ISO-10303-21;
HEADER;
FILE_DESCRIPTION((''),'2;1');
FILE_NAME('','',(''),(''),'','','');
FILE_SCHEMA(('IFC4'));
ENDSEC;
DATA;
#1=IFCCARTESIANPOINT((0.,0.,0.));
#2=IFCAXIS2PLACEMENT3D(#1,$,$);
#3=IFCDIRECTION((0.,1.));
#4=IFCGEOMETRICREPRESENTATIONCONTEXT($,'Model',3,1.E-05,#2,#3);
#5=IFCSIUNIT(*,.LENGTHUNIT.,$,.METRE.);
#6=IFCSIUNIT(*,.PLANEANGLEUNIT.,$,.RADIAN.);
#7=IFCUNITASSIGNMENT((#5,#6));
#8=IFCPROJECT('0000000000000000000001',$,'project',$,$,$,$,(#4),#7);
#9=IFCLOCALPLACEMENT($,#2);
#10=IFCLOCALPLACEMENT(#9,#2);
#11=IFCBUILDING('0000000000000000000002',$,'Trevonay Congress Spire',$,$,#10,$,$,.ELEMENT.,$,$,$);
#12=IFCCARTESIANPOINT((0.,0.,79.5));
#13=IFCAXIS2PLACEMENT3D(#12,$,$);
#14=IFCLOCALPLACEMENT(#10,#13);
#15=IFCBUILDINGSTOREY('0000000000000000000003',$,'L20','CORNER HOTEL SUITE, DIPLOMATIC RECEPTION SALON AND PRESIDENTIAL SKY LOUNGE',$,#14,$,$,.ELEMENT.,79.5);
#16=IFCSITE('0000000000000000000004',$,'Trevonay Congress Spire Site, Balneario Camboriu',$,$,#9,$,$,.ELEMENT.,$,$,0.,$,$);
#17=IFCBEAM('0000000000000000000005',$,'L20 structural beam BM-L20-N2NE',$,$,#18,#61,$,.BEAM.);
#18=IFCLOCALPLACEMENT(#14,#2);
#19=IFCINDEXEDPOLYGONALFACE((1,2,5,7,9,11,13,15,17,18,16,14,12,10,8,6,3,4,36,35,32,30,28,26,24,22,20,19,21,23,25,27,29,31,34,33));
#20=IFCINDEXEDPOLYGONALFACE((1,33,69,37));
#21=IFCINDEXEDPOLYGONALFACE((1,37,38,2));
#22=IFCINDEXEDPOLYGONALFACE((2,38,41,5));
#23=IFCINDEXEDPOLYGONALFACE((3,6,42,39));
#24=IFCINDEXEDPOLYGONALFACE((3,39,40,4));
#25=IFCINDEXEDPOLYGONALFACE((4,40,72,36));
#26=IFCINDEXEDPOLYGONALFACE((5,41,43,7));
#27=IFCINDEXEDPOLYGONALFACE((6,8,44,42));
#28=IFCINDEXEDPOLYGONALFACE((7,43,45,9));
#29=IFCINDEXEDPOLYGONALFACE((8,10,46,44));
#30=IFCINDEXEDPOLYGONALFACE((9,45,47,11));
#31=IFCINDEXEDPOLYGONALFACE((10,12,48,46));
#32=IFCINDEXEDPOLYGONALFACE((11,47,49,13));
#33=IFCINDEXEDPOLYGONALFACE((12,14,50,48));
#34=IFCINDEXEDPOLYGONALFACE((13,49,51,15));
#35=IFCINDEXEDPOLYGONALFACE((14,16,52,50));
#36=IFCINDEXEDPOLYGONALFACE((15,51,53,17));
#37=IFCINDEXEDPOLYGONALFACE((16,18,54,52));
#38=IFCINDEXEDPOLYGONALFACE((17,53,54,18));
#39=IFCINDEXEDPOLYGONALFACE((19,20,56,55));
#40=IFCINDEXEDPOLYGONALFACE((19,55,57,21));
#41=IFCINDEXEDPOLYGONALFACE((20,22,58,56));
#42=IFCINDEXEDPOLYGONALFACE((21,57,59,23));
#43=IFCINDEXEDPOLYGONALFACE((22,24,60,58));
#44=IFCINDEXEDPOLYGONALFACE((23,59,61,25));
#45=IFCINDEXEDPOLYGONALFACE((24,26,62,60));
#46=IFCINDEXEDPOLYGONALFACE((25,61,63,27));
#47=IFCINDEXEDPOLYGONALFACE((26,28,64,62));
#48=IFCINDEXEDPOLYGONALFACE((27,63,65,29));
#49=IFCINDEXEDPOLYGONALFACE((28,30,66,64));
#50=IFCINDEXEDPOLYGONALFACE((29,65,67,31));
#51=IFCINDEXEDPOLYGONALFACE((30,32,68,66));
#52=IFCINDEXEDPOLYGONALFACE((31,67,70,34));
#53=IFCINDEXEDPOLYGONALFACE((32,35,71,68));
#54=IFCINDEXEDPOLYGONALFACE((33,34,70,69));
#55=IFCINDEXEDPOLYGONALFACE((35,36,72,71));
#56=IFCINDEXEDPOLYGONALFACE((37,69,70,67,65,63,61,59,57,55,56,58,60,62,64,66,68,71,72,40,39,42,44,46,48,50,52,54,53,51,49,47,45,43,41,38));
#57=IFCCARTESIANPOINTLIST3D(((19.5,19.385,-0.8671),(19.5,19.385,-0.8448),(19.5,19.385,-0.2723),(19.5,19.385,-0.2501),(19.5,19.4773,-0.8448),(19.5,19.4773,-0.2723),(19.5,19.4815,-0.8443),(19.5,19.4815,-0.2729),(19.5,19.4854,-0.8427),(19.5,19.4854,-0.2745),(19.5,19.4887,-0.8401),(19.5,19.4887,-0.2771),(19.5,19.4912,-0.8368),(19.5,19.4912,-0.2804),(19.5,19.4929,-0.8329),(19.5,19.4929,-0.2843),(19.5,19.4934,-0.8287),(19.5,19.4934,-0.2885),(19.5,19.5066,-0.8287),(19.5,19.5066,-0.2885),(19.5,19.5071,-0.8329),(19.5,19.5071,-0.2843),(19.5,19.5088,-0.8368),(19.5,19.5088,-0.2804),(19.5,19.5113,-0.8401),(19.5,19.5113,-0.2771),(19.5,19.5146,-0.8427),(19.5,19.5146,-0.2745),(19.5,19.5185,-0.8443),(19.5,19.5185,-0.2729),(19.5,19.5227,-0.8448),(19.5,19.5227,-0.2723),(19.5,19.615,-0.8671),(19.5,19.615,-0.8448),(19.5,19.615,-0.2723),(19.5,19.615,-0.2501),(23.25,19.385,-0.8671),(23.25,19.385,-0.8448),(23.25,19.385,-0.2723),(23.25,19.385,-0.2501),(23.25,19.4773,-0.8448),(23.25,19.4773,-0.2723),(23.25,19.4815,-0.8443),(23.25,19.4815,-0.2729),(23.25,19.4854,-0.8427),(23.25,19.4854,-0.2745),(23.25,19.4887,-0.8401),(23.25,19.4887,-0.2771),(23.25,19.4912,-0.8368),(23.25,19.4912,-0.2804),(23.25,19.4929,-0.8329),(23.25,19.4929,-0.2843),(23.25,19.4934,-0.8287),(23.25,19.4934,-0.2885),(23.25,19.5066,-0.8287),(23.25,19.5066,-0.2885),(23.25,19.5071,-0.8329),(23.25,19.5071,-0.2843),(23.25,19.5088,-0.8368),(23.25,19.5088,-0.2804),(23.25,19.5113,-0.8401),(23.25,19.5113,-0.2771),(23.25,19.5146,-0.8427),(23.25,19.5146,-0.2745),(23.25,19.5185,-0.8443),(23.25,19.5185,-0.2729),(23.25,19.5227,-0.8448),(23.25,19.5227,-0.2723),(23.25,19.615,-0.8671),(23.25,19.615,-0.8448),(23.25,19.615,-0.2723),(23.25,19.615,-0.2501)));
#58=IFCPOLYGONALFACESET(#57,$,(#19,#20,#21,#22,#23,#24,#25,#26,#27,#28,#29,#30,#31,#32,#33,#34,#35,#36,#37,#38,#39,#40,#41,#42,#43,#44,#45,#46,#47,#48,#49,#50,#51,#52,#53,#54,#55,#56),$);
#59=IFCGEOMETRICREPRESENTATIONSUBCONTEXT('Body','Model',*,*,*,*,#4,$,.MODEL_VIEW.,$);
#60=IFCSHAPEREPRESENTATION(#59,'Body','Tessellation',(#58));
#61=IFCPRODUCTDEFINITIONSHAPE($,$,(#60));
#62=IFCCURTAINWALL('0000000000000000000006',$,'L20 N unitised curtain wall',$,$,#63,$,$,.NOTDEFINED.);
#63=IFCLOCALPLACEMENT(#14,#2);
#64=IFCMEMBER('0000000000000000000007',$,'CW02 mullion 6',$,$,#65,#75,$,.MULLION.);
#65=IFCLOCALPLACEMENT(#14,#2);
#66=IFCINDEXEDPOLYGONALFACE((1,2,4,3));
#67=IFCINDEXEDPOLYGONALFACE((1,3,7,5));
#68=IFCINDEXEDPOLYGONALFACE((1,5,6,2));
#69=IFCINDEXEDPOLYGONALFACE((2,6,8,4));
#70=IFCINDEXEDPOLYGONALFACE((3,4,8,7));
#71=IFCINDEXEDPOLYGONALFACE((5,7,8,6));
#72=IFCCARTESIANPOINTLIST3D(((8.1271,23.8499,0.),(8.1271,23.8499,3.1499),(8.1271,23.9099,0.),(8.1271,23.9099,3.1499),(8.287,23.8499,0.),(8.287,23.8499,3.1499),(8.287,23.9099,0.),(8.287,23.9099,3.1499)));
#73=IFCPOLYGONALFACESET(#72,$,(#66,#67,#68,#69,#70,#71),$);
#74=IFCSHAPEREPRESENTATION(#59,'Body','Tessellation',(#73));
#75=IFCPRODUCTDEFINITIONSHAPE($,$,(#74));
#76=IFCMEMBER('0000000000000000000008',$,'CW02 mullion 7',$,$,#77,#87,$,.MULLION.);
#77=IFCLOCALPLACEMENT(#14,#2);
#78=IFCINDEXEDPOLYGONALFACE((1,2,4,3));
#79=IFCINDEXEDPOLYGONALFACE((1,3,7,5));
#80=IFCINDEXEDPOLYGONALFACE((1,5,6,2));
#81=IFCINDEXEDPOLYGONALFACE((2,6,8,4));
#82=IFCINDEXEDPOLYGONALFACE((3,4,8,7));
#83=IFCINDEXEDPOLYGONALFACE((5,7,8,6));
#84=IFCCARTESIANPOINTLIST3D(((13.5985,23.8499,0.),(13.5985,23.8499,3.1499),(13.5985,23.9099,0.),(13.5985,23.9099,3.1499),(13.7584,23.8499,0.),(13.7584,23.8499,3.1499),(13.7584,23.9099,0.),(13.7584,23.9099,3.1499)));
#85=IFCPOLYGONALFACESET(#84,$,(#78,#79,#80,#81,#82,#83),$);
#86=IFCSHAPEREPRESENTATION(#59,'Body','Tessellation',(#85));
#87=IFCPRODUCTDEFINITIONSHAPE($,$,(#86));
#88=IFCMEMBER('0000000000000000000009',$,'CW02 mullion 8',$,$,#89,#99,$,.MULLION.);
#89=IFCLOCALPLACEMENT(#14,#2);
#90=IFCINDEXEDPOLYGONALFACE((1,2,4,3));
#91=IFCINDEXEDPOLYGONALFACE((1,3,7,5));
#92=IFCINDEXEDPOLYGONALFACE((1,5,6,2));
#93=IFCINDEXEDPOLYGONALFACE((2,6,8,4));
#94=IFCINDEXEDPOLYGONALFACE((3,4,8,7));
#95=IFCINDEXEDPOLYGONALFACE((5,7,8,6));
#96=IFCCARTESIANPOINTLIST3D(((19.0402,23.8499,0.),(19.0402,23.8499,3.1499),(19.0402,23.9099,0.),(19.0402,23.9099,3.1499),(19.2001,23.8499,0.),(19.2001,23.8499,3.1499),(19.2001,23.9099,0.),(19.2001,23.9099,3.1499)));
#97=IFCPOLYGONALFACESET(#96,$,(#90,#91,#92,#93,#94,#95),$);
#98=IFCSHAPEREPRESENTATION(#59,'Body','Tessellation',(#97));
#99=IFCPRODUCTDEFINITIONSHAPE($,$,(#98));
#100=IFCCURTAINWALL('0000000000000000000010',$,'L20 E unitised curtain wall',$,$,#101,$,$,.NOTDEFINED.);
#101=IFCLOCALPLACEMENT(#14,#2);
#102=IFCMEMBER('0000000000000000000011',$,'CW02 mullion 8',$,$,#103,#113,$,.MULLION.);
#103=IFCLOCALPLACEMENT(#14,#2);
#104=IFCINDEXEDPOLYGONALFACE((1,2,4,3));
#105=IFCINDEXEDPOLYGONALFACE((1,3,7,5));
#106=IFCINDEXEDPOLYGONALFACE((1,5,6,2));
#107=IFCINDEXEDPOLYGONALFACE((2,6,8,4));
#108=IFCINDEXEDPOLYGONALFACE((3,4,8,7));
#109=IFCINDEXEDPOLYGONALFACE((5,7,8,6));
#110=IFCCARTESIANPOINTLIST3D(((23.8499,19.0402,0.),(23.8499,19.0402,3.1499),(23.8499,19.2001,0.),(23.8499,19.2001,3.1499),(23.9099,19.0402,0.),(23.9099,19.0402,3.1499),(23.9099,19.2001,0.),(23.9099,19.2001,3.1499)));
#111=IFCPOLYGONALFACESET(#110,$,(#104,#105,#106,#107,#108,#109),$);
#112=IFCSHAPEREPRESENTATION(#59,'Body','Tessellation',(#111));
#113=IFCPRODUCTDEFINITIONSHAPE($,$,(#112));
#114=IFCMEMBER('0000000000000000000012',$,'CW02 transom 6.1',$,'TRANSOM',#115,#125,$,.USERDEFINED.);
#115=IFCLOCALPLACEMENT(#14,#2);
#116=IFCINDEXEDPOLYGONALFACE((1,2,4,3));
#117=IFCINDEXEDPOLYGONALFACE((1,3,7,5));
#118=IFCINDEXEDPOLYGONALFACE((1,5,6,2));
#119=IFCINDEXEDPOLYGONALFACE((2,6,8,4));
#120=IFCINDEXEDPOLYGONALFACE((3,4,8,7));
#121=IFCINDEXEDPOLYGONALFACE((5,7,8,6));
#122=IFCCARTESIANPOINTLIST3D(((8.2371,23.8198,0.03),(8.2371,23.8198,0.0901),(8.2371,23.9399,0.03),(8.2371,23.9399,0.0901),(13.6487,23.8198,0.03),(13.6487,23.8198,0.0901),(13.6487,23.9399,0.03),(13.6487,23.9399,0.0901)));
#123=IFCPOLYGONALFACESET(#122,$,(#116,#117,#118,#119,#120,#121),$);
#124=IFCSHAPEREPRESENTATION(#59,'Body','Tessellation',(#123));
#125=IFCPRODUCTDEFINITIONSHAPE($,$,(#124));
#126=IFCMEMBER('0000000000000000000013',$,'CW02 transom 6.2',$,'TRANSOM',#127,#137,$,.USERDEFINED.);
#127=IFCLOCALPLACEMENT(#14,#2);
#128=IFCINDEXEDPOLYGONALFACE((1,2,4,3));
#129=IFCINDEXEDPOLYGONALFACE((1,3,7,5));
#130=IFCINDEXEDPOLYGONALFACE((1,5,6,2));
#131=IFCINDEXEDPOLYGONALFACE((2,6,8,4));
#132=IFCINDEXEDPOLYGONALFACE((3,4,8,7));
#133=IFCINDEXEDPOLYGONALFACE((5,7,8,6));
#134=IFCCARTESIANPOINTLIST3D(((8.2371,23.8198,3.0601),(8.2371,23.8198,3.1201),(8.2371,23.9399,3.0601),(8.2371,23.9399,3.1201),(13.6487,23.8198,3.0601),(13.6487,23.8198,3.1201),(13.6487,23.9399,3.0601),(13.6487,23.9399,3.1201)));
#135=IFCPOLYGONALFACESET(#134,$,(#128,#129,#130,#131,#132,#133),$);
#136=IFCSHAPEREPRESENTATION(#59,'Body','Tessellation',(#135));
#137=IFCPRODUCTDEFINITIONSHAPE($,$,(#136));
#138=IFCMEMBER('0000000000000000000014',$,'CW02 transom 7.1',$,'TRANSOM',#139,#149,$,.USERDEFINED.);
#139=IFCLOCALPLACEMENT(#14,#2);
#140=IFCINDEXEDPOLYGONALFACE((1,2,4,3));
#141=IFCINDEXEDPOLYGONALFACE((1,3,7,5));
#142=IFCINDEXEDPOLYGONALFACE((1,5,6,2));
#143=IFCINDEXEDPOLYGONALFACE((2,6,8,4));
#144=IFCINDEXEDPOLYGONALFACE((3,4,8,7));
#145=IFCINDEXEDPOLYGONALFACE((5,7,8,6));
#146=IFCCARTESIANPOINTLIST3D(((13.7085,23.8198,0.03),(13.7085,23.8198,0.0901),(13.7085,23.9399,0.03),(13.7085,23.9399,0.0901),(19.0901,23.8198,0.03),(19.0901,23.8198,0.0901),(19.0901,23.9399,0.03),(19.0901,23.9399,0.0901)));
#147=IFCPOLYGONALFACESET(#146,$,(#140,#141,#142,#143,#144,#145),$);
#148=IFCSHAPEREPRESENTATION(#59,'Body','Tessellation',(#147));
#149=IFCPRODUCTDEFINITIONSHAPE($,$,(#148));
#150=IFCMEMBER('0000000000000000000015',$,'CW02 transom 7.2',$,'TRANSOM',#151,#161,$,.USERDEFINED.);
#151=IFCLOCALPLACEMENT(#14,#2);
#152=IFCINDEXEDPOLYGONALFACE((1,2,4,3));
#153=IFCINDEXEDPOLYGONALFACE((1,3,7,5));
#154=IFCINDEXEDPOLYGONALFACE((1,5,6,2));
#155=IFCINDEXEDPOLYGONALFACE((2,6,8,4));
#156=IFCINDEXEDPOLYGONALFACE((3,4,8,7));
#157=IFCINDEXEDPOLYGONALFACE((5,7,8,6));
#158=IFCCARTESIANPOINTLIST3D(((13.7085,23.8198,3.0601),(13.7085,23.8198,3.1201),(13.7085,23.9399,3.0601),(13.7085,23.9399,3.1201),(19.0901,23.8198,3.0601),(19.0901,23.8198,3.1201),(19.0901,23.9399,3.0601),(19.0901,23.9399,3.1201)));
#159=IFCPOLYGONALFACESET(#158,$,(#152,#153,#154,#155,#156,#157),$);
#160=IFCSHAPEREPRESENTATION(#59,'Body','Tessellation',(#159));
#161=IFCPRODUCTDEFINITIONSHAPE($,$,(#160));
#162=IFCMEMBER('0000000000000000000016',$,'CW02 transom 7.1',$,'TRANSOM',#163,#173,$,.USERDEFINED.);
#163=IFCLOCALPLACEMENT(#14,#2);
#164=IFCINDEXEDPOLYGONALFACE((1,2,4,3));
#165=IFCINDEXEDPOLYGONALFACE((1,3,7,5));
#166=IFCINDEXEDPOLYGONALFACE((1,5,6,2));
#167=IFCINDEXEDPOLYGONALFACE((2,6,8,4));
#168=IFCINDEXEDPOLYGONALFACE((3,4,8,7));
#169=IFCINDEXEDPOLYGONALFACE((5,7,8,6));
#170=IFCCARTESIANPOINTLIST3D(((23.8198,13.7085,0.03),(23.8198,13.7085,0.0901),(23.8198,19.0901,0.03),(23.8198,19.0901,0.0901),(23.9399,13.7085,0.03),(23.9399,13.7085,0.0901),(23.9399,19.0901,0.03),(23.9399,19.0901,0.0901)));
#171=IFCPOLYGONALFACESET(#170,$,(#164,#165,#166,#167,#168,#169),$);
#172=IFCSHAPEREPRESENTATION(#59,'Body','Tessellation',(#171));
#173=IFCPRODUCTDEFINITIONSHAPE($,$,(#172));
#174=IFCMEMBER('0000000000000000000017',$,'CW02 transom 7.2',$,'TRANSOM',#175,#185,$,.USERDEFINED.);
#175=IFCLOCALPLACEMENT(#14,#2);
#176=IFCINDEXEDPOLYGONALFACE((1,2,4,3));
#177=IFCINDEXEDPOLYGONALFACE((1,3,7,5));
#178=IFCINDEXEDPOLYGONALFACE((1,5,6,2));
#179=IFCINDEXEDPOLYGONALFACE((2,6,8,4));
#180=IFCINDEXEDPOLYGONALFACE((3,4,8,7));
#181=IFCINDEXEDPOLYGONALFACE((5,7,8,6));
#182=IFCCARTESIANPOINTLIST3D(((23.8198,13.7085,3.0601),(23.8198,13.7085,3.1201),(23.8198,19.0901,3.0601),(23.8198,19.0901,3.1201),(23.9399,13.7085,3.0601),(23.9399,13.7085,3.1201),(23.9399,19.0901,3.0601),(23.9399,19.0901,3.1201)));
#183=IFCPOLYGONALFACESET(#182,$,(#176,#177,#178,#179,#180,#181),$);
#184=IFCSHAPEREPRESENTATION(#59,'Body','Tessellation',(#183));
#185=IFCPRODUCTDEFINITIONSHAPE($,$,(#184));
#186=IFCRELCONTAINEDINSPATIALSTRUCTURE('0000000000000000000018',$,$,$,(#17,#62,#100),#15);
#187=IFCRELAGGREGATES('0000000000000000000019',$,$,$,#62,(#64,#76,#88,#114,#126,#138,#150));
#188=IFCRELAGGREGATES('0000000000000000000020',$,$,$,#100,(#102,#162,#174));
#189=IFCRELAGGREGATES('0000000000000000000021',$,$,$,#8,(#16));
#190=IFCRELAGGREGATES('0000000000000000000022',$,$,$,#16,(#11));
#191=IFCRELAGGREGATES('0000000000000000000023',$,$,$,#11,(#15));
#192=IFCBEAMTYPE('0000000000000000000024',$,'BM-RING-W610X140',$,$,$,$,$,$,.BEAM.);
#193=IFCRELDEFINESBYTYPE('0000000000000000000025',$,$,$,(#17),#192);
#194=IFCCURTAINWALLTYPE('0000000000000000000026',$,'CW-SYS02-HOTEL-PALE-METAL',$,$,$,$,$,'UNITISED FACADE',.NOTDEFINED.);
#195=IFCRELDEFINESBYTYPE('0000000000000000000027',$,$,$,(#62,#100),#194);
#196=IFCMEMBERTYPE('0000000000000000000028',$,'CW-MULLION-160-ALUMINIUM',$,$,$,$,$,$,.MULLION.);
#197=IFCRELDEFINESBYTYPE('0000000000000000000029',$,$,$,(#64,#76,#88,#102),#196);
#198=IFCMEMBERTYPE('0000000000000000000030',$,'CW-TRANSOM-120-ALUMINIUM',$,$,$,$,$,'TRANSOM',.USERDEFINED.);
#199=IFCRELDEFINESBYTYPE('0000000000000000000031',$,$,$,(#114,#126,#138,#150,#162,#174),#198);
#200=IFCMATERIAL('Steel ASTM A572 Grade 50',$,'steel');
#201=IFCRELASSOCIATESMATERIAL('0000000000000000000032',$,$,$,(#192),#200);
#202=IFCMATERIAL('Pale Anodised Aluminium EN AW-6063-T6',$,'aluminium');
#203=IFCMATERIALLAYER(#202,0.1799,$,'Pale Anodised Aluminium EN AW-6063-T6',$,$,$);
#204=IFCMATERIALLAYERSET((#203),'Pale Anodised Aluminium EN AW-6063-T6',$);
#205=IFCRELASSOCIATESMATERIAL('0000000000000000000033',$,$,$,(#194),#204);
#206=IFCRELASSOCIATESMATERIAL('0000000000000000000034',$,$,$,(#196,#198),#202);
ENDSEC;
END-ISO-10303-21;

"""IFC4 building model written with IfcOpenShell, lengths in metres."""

from ifc_helpers import new_model, si_unit, direction, frame, origin, origin_2d, place, context, subcontext, project, spatial, rectangle, i_section, extrude, material, layer, layer_set, material_profile, profile_set, type_object, element, aggregate, save


model = new_model("IFC4")

# Units and contexts
model_context = context("Model", 3, precision=1e-05, world=origin(), true_north=direction((0.0, 1.0)))
body_context = subcontext(model_context, "Body", "Model", "MODEL_VIEW")
ifc_project = project(units=[si_unit("LENGTHUNIT", "METRE"), si_unit("PLANEANGLEUNIT", "RADIAN")], contexts=[model_context])

# Site, building, storey
site_placement = place(None, origin())
site = spatial("IfcSite", under=ifc_project, at=site_placement, Name="Trevonay Congress Spire Site, Balneario Camboriu", CompositionType="ELEMENT", RefElevation=0.0)
building_placement = place(site_placement, origin())
building = spatial("IfcBuilding", under=site, at=building_placement, Name="Trevonay Congress Spire", CompositionType="ELEMENT")
storey_placement = place(building_placement, frame((0.0, 0.0, 79.5)))
storey = spatial("IfcBuildingStorey", under=building, at=storey_placement, Name="L20", Description="CORNER HOTEL SUITE, DIPLOMATIC RECEPTION SALON AND PRESIDENTIAL SKY LOUNGE", CompositionType="ELEMENT", Elevation=79.5)

# Shared definitions
ifc_material_1 = material(Name="Steel ASTM A572 Grade 50", Category="steel")

# Beam
ifc_material_profile_1 = material_profile(ifc_material_1, i_section(OverallWidth=0.23, OverallDepth=0.6169, WebThickness=0.0132, FlangeThickness=0.0222, FilletRadius=0.0161, at=origin_2d()), Name="W610x140")
ifc_profile_set_1 = profile_set([ifc_material_profile_1], Name="Steel ASTM A572 Grade 50")
beam_type = type_object("IfcBeamType", Name="BM-RING-W610X140", PredefinedType="BEAM", material=ifc_profile_set_1)
for number, where, z_axis, x_axis, name in (
    (1, (23.25, 19.5, -0.5586), (-1.0, 0.0, 0.0), (0.0, -1.0, 0.0), "L20 structural beam BM-L20-N2NE"),
):
    element("IfcBeam", number, at=place(storey_placement, frame(where, z_axis=z_axis, x_axis=x_axis)), inside=storey, type_object=beam_type, Name=name, PredefinedType="BEAM", context=body_context, shape_type="SweptSolid", body=[
        extrude(i_section(OverallWidth=0.23, OverallDepth=0.6169, WebThickness=0.0132, FlangeThickness=0.0222, FilletRadius=0.0161, at=origin_2d()), origin(), (0.0, 0.0, 1.0), 3.75),
    ])

# Curtain wall, members
ifc_material_2 = material(Name="Pale Anodised Aluminium EN AW-6063-T6", Category="aluminium")
ifc_layer_1 = layer(ifc_material_2, 0.1799, Name="Pale Anodised Aluminium EN AW-6063-T6")
ifc_layer_set_1 = layer_set([ifc_layer_1], Name="Pale Anodised Aluminium EN AW-6063-T6")
curtain_wall_type = type_object("IfcCurtainWallType", Name="CW-SYS02-HOTEL-PALE-METAL", ElementType="UNITISED FACADE", PredefinedType="NOTDEFINED", material=ifc_layer_set_1)
curtain_wall_1_placement = place(storey_placement, origin())
curtain_wall_1 = element("IfcCurtainWall", 2, at=curtain_wall_1_placement, inside=storey, type_object=curtain_wall_type, Name="L20 N unitised curtain wall", PredefinedType="NOTDEFINED")
ifc_material_profile_2 = material_profile(ifc_material_2, rectangle(XDim=0.0601, YDim=0.1599, at=origin_2d()), Name="CW-MULLION-160-ALUMINIUM")
ifc_profile_set_2 = profile_set([ifc_material_profile_2], Name="Pale Anodised Aluminium EN AW-6063-T6")
member_type_1 = type_object("IfcMemberType", Name="CW-MULLION-160-ALUMINIUM", PredefinedType="MULLION", material=ifc_profile_set_2)
member_1_placement = place(storey_placement, frame((8.207, 23.8799, 0.0), z_axis=(0.0, 0.0, 1.0), x_axis=(0.0, 1.0, 0.0)))
member_1 = element("IfcMember", 3, at=member_1_placement, type_object=member_type_1, Name="CW02 mullion 6", PredefinedType="MULLION", context=body_context, shape_type="SweptSolid", body=[
    extrude(rectangle(XDim=0.0601, YDim=0.1599, at=origin_2d()), origin(), (0.0, 0.0, 1.0), 3.1499),
])
member_2_placement = place(storey_placement, frame((13.6785, 23.8799, 0.0), z_axis=(0.0, 0.0, 1.0), x_axis=(0.0, 1.0, 0.0)))
member_2 = element("IfcMember", 4, at=member_2_placement, type_object=member_type_1, Name="CW02 mullion 7", PredefinedType="MULLION", context=body_context, shape_type="SweptSolid", body=[
    extrude(rectangle(XDim=0.0601, YDim=0.1599, at=origin_2d()), origin(), (0.0, 0.0, 1.0), 3.1499),
])
member_3_placement = place(storey_placement, frame((19.1201, 23.8799, 0.0), z_axis=(0.0, 0.0, 1.0), x_axis=(0.0, 1.0, 0.0)))
member_3 = element("IfcMember", 5, at=member_3_placement, type_object=member_type_1, Name="CW02 mullion 8", PredefinedType="MULLION", context=body_context, shape_type="SweptSolid", body=[
    extrude(rectangle(XDim=0.0601, YDim=0.1599, at=origin_2d()), origin(), (0.0, 0.0, 1.0), 3.1499),
])

# Curtain wall, member
curtain_wall_2_placement = place(storey_placement, origin())
curtain_wall_2 = element("IfcCurtainWall", 6, at=curtain_wall_2_placement, inside=storey, type_object=curtain_wall_type, Name="L20 E unitised curtain wall", PredefinedType="NOTDEFINED")
member_4_placement = place(storey_placement, frame((23.8799, 19.1201, 0.0), z_axis=(0.0, 0.0, 1.0), x_axis=(-1.0, 0.0, 0.0)))
member_4 = element("IfcMember", 7, at=member_4_placement, type_object=member_type_1, Name="CW02 mullion 8", PredefinedType="MULLION", context=body_context, shape_type="SweptSolid", body=[
    extrude(rectangle(XDim=0.0601, YDim=0.1599, at=origin_2d()), origin(), (0.0, 0.0, 1.0), 3.1499),
])

# Members
ifc_material_profile_3 = material_profile(ifc_material_2, rectangle(XDim=0.1201, YDim=0.0601, at=origin_2d()), Name="CW-TRANSOM-120-ALUMINIUM")
ifc_profile_set_3 = profile_set([ifc_material_profile_3], Name="Pale Anodised Aluminium EN AW-6063-T6")
member_type_2 = type_object("IfcMemberType", Name="CW-TRANSOM-120-ALUMINIUM", ElementType="TRANSOM", PredefinedType="USERDEFINED", material=ifc_profile_set_3)
member_5_placement = place(storey_placement, frame((8.2371, 23.8799, 0.0601), z_axis=(1.0, 0.0, 0.0), x_axis=(0.0, 1.0, 0.0)))
member_5 = element("IfcMember", 8, at=member_5_placement, type_object=member_type_2, Name="CW02 transom 6.1", ObjectType="TRANSOM", PredefinedType="USERDEFINED", context=body_context, shape_type="SweptSolid", body=[
    extrude(rectangle(XDim=0.1201, YDim=0.0601, at=origin_2d()), origin(), (0.0, 0.0, 1.0), 5.4116),
])
member_6_placement = place(storey_placement, frame((8.2371, 23.8799, 3.0901), z_axis=(1.0, 0.0, 0.0), x_axis=(0.0, 1.0, 0.0)))
member_6 = element("IfcMember", 9, at=member_6_placement, type_object=member_type_2, Name="CW02 transom 6.2", ObjectType="TRANSOM", PredefinedType="USERDEFINED", context=body_context, shape_type="SweptSolid", body=[
    extrude(rectangle(XDim=0.1201, YDim=0.0601, at=origin_2d()), origin(), (0.0, 0.0, 1.0), 5.4116),
])
member_7_placement = place(storey_placement, frame((13.7085, 23.8799, 0.0601), z_axis=(1.0, 0.0, 0.0), x_axis=(0.0, 1.0, 0.0)))
member_7 = element("IfcMember", 10, at=member_7_placement, type_object=member_type_2, Name="CW02 transom 7.1", ObjectType="TRANSOM", PredefinedType="USERDEFINED", context=body_context, shape_type="SweptSolid", body=[
    extrude(rectangle(XDim=0.1201, YDim=0.0601, at=origin_2d()), origin(), (0.0, 0.0, 1.0), 5.3816),
])
member_8_placement = place(storey_placement, frame((13.7085, 23.8799, 3.0901), z_axis=(1.0, 0.0, 0.0), x_axis=(0.0, 1.0, 0.0)))
member_8 = element("IfcMember", 11, at=member_8_placement, type_object=member_type_2, Name="CW02 transom 7.2", ObjectType="TRANSOM", PredefinedType="USERDEFINED", context=body_context, shape_type="SweptSolid", body=[
    extrude(rectangle(XDim=0.1201, YDim=0.0601, at=origin_2d()), origin(), (0.0, 0.0, 1.0), 5.3816),
])
member_9_placement = place(storey_placement, frame((23.8799, 13.7085, 0.0601), z_axis=(0.0, 1.0, 0.0), x_axis=(-1.0, 0.0, 0.0)))
member_9 = element("IfcMember", 12, at=member_9_placement, type_object=member_type_2, Name="CW02 transom 7.1", ObjectType="TRANSOM", PredefinedType="USERDEFINED", context=body_context, shape_type="SweptSolid", body=[
    extrude(rectangle(XDim=0.1201, YDim=0.0601, at=origin_2d()), origin(), (0.0, 0.0, 1.0), 5.3816),
])
member_10_placement = place(storey_placement, frame((23.8799, 13.7085, 3.0901), z_axis=(0.0, 1.0, 0.0), x_axis=(-1.0, 0.0, 0.0)))
member_10 = element("IfcMember", 13, at=member_10_placement, type_object=member_type_2, Name="CW02 transom 7.2", ObjectType="TRANSOM", PredefinedType="USERDEFINED", context=body_context, shape_type="SweptSolid", body=[
    extrude(rectangle(XDim=0.1201, YDim=0.0601, at=origin_2d()), origin(), (0.0, 0.0, 1.0), 5.3816),
])

aggregate(curtain_wall_1, [member_1, member_2, member_3, member_5, member_6, member_7, member_8])
aggregate(curtain_wall_2, [member_4, member_9, member_10])

save(model, "model.ifc")
